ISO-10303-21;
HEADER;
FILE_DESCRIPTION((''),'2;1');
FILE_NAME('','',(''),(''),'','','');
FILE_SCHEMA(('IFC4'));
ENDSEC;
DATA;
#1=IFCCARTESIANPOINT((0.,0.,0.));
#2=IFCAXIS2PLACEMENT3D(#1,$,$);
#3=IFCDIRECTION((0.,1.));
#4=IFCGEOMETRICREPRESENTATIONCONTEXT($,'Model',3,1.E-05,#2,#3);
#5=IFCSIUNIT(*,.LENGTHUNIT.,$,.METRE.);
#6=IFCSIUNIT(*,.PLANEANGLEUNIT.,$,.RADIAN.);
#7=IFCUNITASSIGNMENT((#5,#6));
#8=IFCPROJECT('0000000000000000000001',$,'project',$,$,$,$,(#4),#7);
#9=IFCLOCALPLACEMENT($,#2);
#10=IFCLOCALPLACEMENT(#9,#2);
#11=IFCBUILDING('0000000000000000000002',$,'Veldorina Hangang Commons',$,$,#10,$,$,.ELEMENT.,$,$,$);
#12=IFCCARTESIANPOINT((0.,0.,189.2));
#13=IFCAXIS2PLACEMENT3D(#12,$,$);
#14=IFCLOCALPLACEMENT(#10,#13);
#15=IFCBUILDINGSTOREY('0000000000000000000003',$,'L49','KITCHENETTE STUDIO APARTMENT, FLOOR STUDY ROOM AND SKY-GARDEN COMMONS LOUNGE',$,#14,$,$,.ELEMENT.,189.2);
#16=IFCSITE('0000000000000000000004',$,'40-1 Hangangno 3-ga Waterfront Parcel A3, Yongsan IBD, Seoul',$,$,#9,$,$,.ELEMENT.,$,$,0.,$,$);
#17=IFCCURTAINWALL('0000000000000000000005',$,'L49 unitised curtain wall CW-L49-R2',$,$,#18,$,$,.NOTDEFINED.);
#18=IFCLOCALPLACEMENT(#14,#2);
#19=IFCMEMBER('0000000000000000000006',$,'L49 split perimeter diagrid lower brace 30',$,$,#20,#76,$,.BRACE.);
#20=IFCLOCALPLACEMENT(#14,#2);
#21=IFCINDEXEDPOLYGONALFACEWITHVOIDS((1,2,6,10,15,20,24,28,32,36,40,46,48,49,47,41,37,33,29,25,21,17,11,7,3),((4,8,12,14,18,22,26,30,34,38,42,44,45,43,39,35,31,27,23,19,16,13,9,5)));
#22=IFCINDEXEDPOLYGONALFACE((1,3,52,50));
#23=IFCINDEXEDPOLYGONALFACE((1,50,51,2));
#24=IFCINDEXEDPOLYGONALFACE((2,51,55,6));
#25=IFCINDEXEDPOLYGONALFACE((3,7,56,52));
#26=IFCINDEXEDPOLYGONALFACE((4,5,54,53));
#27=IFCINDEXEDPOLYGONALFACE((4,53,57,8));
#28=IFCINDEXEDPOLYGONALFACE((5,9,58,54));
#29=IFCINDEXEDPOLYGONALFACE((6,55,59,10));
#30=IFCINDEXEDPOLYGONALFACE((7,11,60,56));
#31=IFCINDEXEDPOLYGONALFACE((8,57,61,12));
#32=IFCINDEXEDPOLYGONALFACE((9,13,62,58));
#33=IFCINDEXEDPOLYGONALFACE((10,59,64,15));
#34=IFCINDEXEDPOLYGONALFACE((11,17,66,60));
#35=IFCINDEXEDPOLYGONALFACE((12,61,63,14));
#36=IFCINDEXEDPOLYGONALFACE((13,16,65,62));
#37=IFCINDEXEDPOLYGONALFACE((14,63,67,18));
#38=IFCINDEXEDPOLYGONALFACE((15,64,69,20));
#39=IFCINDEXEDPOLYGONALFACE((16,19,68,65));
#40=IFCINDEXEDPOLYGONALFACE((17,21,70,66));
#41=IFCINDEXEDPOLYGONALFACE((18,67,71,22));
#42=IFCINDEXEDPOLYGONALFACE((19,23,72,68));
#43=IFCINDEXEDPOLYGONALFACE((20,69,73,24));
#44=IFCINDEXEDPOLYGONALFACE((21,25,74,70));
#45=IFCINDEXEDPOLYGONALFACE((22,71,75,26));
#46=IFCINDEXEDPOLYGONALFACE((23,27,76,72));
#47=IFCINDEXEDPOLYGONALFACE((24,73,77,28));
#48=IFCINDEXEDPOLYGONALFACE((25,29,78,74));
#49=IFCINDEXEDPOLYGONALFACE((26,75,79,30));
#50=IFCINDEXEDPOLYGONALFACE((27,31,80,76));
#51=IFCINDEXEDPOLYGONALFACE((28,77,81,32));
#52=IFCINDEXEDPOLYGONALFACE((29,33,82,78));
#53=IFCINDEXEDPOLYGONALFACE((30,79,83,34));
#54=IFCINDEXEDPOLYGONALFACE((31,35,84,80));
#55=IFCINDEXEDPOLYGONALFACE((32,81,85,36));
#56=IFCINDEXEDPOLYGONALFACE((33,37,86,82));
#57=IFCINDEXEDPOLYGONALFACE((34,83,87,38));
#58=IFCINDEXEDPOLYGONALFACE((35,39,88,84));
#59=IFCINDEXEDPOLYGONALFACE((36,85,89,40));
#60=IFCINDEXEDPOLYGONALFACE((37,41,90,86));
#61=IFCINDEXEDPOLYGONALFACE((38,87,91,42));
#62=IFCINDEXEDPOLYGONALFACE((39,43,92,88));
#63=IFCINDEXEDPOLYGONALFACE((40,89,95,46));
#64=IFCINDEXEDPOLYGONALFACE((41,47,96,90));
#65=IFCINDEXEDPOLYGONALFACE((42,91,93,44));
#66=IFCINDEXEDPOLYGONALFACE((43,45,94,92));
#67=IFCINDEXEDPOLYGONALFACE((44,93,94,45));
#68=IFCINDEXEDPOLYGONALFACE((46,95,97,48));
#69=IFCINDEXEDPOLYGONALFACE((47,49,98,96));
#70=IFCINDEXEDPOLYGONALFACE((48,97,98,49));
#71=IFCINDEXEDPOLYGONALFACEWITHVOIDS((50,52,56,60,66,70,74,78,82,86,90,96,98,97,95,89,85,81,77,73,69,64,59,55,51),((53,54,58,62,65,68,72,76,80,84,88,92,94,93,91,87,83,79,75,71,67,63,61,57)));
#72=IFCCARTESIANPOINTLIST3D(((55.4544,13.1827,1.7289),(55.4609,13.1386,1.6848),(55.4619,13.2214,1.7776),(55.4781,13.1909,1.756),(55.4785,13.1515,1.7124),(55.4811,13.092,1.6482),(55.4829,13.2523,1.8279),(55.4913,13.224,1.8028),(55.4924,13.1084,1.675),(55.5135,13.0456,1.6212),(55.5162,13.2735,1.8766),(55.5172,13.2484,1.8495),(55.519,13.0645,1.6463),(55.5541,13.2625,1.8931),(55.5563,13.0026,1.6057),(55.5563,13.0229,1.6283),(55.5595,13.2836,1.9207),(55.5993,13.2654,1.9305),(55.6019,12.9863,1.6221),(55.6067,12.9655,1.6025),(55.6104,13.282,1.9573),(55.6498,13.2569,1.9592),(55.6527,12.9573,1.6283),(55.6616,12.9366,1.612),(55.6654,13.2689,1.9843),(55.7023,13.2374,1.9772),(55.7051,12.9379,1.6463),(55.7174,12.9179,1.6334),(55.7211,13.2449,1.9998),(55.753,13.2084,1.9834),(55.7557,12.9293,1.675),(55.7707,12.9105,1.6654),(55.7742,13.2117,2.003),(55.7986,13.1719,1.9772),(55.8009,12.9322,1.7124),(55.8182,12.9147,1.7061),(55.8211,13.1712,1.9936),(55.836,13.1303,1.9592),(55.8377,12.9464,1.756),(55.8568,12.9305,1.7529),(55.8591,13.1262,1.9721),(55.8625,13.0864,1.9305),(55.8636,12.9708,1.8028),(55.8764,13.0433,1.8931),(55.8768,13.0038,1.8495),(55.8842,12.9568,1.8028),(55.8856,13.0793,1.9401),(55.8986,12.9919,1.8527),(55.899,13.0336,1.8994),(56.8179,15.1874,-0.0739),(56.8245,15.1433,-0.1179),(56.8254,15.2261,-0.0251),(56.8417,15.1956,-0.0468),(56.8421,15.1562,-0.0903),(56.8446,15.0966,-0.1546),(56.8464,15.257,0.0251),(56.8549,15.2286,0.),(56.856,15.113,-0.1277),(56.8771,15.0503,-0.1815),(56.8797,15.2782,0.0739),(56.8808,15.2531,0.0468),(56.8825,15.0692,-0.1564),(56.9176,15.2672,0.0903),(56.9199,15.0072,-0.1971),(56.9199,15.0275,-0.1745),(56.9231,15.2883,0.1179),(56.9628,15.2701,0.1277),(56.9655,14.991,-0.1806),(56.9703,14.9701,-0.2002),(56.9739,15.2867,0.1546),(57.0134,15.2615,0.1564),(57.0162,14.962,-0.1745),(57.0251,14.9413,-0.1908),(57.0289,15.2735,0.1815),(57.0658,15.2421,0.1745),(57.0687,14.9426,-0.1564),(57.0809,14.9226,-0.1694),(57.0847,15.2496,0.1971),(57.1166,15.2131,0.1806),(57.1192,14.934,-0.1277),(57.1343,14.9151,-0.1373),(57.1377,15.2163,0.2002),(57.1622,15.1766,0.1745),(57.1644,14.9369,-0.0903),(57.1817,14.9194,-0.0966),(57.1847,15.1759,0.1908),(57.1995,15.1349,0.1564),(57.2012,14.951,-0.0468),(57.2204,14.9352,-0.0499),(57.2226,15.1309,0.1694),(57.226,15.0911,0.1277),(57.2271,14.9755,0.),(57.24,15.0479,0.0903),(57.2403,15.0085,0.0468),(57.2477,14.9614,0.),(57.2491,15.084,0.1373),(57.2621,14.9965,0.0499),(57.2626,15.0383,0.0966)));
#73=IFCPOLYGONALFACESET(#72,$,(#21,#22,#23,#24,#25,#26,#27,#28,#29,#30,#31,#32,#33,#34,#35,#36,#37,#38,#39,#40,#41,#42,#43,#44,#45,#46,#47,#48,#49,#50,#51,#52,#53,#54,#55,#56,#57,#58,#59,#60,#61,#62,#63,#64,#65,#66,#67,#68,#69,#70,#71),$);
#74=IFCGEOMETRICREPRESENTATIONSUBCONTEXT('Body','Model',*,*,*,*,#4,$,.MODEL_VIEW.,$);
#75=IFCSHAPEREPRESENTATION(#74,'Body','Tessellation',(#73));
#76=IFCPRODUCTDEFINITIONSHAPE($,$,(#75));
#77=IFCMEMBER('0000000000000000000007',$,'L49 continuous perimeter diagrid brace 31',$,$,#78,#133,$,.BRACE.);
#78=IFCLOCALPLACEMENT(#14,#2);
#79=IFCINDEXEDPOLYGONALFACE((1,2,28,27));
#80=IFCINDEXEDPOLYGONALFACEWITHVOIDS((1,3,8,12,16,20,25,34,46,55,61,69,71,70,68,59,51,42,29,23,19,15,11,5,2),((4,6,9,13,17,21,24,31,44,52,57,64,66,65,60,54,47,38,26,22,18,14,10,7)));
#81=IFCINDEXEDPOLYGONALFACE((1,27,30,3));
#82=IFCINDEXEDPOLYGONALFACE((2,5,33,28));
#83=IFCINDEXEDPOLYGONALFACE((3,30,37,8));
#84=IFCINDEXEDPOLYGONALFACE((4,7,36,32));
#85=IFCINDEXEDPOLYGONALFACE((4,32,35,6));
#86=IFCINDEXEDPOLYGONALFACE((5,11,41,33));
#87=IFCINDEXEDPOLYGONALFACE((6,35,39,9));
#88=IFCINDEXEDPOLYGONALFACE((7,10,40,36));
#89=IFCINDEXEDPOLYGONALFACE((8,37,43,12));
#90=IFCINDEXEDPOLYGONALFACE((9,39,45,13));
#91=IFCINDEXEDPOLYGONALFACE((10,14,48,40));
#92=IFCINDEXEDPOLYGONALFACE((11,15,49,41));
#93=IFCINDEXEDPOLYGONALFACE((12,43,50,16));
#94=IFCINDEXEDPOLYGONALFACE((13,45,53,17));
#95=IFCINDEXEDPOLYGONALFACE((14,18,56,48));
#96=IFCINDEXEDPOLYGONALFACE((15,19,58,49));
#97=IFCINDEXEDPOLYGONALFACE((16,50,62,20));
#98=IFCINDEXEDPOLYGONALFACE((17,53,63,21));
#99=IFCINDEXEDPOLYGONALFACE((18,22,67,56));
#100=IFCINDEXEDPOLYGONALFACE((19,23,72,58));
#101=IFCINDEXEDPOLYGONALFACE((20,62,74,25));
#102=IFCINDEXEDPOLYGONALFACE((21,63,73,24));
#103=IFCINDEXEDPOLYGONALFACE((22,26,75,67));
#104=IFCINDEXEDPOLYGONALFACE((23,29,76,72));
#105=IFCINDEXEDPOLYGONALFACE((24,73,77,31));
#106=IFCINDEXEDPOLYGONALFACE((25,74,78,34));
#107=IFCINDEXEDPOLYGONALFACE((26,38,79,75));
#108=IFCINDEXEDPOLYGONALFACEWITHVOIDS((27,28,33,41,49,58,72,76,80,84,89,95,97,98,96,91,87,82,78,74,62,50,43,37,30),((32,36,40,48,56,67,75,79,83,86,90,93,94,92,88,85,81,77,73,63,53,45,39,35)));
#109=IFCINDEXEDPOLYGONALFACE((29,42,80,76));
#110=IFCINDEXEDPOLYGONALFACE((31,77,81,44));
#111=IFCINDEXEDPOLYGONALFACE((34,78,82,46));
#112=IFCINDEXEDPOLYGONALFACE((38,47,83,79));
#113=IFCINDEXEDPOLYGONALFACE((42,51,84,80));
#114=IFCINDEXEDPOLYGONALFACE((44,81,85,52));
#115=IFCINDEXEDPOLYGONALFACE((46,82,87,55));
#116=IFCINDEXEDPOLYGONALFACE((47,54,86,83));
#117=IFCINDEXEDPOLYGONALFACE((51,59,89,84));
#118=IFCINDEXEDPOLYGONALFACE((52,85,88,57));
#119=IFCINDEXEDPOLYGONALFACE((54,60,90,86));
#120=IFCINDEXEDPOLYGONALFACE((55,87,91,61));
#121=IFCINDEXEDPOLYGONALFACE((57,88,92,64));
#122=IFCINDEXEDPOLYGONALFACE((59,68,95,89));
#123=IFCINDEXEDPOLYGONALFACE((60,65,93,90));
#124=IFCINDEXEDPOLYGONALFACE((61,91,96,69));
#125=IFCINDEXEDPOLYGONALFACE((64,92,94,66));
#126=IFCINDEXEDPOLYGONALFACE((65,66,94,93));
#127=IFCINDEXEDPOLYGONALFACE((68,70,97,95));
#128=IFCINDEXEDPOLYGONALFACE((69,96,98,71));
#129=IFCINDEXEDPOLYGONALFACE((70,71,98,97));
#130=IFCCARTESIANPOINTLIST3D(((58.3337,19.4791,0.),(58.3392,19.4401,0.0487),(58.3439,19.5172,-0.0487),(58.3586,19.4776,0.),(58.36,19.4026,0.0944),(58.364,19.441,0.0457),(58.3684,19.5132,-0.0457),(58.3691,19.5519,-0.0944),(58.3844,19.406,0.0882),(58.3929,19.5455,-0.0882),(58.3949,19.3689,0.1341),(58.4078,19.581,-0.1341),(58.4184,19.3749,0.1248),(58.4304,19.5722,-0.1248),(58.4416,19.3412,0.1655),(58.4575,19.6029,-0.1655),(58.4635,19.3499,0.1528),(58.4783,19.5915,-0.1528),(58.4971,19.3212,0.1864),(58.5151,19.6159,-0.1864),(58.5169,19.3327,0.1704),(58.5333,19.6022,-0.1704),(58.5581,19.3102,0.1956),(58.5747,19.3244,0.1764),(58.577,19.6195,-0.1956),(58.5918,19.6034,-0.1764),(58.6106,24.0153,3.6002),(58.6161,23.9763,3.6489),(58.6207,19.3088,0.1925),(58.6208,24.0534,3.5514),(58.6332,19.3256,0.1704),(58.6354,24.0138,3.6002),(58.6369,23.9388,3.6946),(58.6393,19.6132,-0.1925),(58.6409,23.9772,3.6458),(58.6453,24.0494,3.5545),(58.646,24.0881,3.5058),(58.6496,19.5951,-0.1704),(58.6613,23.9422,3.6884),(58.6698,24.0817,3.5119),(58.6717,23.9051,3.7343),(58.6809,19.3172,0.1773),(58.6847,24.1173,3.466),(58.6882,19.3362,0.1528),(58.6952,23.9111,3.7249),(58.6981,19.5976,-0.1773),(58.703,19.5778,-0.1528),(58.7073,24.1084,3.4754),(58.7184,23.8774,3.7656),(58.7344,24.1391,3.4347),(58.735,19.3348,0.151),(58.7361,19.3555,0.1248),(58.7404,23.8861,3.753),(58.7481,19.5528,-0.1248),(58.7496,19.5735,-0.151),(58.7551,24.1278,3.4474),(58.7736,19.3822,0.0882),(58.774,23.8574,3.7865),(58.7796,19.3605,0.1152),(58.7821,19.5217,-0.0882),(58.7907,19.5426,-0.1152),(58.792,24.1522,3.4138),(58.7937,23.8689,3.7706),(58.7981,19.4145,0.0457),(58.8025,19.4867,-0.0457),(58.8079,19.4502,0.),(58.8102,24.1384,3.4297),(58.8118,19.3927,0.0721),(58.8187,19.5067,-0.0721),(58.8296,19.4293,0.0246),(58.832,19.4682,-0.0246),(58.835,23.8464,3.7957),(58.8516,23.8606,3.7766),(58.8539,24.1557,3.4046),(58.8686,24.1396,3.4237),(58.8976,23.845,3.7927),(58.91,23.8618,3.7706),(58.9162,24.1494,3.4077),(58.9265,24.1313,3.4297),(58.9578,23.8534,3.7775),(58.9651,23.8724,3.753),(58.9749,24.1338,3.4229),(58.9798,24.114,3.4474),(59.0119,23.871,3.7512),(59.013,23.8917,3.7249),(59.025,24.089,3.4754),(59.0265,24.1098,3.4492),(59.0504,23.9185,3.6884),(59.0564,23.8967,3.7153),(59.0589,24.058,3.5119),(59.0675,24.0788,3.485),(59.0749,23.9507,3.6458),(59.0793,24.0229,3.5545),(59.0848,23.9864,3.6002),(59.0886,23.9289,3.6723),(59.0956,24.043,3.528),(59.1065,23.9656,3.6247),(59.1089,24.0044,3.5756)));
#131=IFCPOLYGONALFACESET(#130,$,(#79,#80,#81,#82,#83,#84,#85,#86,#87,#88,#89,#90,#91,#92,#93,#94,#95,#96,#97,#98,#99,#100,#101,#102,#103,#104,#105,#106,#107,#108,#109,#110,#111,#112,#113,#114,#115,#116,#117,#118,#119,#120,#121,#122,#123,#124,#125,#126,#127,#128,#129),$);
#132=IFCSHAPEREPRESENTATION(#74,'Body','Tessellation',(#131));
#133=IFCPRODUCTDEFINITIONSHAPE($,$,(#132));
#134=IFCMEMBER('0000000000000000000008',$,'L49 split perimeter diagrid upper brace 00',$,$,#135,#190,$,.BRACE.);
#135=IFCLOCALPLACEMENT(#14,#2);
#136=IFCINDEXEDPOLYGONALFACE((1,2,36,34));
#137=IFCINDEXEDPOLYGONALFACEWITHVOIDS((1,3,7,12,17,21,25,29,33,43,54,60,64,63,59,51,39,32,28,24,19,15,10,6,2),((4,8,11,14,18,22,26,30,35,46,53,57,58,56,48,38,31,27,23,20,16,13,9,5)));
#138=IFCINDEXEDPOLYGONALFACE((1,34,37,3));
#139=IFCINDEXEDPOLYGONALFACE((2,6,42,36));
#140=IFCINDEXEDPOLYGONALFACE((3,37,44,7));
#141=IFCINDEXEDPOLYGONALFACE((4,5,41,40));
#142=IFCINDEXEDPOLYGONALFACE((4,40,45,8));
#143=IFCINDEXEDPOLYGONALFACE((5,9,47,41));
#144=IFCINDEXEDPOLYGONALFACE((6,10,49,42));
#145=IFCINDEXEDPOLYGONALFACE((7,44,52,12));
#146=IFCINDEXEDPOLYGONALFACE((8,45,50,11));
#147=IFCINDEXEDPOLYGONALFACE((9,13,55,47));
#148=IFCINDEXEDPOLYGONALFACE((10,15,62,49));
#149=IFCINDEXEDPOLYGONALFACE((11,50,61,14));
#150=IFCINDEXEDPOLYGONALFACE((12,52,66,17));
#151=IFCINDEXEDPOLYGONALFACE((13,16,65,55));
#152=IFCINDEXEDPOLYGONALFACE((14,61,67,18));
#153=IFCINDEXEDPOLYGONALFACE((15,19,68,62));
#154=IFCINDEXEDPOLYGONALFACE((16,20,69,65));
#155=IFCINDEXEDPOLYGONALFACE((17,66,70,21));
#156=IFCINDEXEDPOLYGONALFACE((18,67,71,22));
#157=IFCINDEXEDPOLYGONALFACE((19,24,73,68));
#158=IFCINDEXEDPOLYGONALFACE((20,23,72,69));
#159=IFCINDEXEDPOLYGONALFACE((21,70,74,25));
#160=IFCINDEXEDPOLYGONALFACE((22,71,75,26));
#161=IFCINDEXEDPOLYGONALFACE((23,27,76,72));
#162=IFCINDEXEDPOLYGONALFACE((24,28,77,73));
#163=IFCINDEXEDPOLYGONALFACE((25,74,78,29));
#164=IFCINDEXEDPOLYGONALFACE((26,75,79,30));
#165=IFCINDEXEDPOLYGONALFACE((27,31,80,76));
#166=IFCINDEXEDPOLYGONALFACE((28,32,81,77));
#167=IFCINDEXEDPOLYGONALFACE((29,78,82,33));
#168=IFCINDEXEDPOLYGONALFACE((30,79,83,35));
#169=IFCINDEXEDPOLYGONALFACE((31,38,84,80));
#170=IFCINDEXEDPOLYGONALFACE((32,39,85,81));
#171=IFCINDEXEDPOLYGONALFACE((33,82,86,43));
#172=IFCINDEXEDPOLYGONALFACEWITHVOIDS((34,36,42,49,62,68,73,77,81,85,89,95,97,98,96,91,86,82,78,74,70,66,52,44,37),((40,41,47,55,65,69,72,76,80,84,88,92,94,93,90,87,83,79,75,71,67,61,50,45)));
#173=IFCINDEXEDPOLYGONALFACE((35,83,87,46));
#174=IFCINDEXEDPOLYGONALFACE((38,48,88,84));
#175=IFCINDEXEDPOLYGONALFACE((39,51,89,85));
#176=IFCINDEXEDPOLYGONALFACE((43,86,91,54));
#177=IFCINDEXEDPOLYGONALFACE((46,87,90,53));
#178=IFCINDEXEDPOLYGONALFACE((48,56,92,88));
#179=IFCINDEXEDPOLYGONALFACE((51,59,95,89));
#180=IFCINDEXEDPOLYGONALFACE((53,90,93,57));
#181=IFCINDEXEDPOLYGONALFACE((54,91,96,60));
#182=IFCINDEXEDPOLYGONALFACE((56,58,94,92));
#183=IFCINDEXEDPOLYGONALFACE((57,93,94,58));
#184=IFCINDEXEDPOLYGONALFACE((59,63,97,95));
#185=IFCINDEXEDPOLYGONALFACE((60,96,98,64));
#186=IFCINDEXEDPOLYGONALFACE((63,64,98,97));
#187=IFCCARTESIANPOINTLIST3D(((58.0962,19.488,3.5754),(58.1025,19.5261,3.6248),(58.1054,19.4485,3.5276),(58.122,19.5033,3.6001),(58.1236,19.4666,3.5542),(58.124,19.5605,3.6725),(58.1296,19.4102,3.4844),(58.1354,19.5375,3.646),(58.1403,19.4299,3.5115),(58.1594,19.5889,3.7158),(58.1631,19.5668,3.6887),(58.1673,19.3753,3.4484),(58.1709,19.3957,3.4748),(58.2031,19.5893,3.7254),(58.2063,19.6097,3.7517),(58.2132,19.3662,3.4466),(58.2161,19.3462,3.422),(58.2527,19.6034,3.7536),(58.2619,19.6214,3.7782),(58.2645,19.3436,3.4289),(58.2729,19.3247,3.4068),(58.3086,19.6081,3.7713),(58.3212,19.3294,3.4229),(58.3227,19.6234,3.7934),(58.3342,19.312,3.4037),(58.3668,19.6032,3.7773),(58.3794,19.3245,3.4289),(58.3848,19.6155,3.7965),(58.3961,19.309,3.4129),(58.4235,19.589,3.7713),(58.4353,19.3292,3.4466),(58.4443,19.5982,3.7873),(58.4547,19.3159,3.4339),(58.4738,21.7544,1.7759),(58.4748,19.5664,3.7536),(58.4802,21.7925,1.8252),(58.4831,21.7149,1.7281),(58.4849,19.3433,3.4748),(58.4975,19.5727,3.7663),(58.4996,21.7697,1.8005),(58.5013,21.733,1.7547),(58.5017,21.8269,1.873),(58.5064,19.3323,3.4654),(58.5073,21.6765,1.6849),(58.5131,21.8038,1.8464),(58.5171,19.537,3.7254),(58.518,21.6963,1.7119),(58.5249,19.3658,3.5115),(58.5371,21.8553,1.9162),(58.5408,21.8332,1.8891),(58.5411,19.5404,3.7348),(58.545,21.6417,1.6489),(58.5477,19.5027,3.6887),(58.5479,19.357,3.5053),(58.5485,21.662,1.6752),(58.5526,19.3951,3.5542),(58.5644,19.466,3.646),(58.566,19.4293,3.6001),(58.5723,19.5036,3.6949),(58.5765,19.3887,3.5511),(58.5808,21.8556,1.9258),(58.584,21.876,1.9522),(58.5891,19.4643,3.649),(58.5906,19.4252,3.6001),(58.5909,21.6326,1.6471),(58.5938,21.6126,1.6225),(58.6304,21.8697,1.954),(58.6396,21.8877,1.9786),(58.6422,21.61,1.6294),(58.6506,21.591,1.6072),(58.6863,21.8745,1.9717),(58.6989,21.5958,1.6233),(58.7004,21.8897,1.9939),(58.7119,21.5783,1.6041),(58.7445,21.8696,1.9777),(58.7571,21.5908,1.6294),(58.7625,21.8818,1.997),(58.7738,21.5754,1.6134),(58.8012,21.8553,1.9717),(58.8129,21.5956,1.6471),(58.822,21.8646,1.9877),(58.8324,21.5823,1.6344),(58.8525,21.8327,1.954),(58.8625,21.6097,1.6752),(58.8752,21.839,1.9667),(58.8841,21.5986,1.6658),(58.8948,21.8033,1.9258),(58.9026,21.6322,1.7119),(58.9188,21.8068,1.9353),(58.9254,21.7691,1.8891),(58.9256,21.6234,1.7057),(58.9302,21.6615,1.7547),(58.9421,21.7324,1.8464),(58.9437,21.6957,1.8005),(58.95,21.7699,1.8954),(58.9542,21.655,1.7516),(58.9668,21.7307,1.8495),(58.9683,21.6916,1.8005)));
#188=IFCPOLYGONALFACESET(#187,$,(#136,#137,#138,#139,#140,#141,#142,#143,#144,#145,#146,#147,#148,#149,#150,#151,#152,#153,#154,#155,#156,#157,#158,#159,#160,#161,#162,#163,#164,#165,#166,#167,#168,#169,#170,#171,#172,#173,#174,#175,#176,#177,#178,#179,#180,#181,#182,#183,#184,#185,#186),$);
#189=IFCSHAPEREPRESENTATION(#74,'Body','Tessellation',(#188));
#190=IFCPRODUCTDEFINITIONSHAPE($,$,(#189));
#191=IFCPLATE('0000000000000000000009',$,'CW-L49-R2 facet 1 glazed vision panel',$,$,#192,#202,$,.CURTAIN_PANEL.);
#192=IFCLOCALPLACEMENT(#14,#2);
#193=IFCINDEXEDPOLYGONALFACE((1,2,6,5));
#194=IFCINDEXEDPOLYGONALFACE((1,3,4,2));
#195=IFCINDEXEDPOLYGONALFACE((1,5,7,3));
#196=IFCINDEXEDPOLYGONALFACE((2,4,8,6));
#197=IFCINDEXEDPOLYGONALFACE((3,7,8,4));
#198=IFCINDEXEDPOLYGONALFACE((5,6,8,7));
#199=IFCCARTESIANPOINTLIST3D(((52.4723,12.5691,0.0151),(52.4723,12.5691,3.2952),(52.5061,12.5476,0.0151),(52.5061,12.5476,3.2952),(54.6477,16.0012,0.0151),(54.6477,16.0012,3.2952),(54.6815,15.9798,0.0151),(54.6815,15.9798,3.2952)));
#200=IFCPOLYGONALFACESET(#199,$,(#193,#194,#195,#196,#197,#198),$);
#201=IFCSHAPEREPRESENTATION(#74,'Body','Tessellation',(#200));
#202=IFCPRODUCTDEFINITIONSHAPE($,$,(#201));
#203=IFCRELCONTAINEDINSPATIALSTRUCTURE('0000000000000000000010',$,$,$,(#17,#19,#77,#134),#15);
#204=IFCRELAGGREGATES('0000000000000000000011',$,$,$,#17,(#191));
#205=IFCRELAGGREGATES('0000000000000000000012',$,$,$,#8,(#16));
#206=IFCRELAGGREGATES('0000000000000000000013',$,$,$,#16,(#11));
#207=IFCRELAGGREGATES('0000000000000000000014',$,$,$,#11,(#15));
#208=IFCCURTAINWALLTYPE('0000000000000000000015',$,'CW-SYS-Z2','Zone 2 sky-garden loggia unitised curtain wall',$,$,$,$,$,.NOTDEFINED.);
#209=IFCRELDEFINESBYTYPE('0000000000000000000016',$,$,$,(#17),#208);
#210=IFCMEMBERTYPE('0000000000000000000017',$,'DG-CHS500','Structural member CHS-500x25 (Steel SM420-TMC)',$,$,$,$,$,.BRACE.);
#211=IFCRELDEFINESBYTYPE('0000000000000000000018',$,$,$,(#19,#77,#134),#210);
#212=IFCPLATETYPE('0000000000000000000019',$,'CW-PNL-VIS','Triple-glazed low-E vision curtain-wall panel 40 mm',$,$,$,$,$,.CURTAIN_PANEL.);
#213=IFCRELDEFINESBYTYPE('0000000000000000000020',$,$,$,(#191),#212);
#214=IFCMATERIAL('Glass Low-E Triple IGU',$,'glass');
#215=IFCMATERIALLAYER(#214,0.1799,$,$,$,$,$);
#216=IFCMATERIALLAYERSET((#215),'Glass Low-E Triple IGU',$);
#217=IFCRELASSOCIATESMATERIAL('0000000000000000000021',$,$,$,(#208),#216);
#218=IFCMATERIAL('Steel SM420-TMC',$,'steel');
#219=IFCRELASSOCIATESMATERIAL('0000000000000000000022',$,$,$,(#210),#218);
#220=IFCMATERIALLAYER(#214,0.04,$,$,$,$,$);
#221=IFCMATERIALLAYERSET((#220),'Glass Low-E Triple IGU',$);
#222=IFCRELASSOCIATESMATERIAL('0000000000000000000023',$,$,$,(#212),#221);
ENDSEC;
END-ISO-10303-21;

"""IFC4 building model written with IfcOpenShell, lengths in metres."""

from ifc_helpers import new_model, si_unit, direction, frame, origin, origin_2d, place, context, subcontext, project, spatial, rectangle, hollow_circle, extrude, material, layer, layer_set, material_profile, profile_set, type_object, element, aggregate, save


model = new_model("IFC4")

# Units and contexts
model_context = context("Model", 3, precision=1e-05, world=origin(), true_north=direction((0.0, 1.0)))
body_context = subcontext(model_context, "Body", "Model", "MODEL_VIEW")
ifc_project = project(units=[si_unit("LENGTHUNIT", "METRE"), si_unit("PLANEANGLEUNIT", "RADIAN")], contexts=[model_context])

# Site, building, storey
site_placement = place(None, origin())
site = spatial("IfcSite", under=ifc_project, at=site_placement, Name="40-1 Hangangno 3-ga Waterfront Parcel A3, Yongsan IBD, Seoul", CompositionType="ELEMENT", RefElevation=0.0)
building_placement = place(site_placement, origin())
building = spatial("IfcBuilding", under=site, at=building_placement, Name="Veldorina Hangang Commons", CompositionType="ELEMENT")
storey_placement = place(building_placement, frame((0.0, 0.0, 189.2)))
storey = spatial("IfcBuildingStorey", under=building, at=storey_placement, Name="L49", Description="KITCHENETTE STUDIO APARTMENT, FLOOR STUDY ROOM AND SKY-GARDEN COMMONS LOUNGE", CompositionType="ELEMENT", Elevation=189.2)

# Shared definitions
ifc_material_1 = material(Name="Steel SM420-TMC", Category="steel")

# Curtain wall
ifc_material_2 = material(Name="Glass Low-E Triple IGU", Category="glass")
ifc_layer_1 = layer(ifc_material_2, 0.1799)
ifc_layer_set_1 = layer_set([ifc_layer_1], Name="Glass Low-E Triple IGU")
curtain_wall_type = type_object("IfcCurtainWallType", Name="CW-SYS-Z2", Description="Zone 2 sky-garden loggia unitised curtain wall", PredefinedType="NOTDEFINED", material=ifc_layer_set_1)
curtain_wall_placement = place(storey_placement, origin())
curtain_wall = element("IfcCurtainWall", 1, at=curtain_wall_placement, inside=storey, type_object=curtain_wall_type, Name="L49 unitised curtain wall CW-L49-R2", PredefinedType="NOTDEFINED")

# Members
ifc_material_profile_1 = material_profile(ifc_material_1, hollow_circle(Radius=0.25, WallThickness=0.0249, at=origin_2d()), Name="CHS-500x25")
ifc_profile_set_1 = profile_set([ifc_material_profile_1], Name="Steel SM420-TMC")
member_type_1 = type_object("IfcMemberType", Name="DG-CHS500", Description="Structural member CHS-500x25 (Steel SM420-TMC)", PredefinedType="BRACE", material=ifc_profile_set_1)
member_1_placement = place(storey_placement, frame((57.041, 15.1021, 0.0), z_axis=(-0.45132, -0.663525, 0.596695), x_axis=(0.826855, -0.562415, 0.0)))
element("IfcMember", 2, at=member_1_placement, inside=storey, type_object=member_type_1, Name="L49 split perimeter diagrid lower brace 30", PredefinedType="BRACE", context=body_context, shape_type="SweptSolid", body=[
    extrude(hollow_circle(Radius=0.25, WallThickness=0.0249, at=origin_2d()), origin(), (0.0, 0.0, 1.0), 3.0212),
])
member_2_placement = place(storey_placement, frame((58.5833, 19.4639, 0.0), z_axis=(0.047752, 0.782396, 0.620948), x_axis=(-0.998143, 0.06092, 0.0)))
element("IfcMember", 3, at=member_2_placement, inside=storey, type_object=member_type_1, Name="L49 continuous perimeter diagrid brace 31", PredefinedType="BRACE", context=body_context, shape_type="SweptSolid", body=[
    extrude(hollow_circle(Radius=0.25, WallThickness=0.0249, at=origin_2d()), origin(), (0.0, 0.0, 1.0), 5.7979),
])
member_3_placement = place(storey_placement, frame((58.7217, 21.7327, 1.8005), z_axis=(-0.129412, -0.776558, 0.616612), x_axis=(0.986397, -0.164382, 0.0)))
element("IfcMember", 4, at=member_3_placement, inside=storey, type_object=member_type_1, Name="L49 split perimeter diagrid upper brace 00", PredefinedType="BRACE", context=body_context, shape_type="SweptSolid", body=[
    extrude(hollow_circle(Radius=0.25, WallThickness=0.0249, at=origin_2d()), origin(), (0.0, 0.0, 1.0), 2.9185),
])

# Plate
ifc_layer_2 = layer(ifc_material_2, 0.04)
ifc_layer_set_2 = layer_set([ifc_layer_2], Name="Glass Low-E Triple IGU")
plate_type_1 = type_object("IfcPlateType", Name="CW-PNL-VIS", Description="Triple-glazed low-E vision curtain-wall panel 40 mm", PredefinedType="CURTAIN_PANEL", material=ifc_layer_set_2)
plate_1_placement = place(storey_placement, frame((53.5769, 14.2744, 0.0151), z_axis=(0.0, 0.0, 1.0), x_axis=(0.535355, 0.844627, 0.0)))
plate_1 = element("IfcPlate", 5, at=plate_1_placement, type_object=plate_type_1, Name="CW-L49-R2 facet 1 glazed vision panel", PredefinedType="CURTAIN_PANEL", context=body_context, shape_type="SweptSolid", body=[
    extrude(rectangle(XDim=4.0635, YDim=0.04, at=origin_2d()), origin(), (0.0, 0.0, 1.0), 3.28),
])
aggregate(curtain_wall, [plate_1])

save(model, "model.ifc")
